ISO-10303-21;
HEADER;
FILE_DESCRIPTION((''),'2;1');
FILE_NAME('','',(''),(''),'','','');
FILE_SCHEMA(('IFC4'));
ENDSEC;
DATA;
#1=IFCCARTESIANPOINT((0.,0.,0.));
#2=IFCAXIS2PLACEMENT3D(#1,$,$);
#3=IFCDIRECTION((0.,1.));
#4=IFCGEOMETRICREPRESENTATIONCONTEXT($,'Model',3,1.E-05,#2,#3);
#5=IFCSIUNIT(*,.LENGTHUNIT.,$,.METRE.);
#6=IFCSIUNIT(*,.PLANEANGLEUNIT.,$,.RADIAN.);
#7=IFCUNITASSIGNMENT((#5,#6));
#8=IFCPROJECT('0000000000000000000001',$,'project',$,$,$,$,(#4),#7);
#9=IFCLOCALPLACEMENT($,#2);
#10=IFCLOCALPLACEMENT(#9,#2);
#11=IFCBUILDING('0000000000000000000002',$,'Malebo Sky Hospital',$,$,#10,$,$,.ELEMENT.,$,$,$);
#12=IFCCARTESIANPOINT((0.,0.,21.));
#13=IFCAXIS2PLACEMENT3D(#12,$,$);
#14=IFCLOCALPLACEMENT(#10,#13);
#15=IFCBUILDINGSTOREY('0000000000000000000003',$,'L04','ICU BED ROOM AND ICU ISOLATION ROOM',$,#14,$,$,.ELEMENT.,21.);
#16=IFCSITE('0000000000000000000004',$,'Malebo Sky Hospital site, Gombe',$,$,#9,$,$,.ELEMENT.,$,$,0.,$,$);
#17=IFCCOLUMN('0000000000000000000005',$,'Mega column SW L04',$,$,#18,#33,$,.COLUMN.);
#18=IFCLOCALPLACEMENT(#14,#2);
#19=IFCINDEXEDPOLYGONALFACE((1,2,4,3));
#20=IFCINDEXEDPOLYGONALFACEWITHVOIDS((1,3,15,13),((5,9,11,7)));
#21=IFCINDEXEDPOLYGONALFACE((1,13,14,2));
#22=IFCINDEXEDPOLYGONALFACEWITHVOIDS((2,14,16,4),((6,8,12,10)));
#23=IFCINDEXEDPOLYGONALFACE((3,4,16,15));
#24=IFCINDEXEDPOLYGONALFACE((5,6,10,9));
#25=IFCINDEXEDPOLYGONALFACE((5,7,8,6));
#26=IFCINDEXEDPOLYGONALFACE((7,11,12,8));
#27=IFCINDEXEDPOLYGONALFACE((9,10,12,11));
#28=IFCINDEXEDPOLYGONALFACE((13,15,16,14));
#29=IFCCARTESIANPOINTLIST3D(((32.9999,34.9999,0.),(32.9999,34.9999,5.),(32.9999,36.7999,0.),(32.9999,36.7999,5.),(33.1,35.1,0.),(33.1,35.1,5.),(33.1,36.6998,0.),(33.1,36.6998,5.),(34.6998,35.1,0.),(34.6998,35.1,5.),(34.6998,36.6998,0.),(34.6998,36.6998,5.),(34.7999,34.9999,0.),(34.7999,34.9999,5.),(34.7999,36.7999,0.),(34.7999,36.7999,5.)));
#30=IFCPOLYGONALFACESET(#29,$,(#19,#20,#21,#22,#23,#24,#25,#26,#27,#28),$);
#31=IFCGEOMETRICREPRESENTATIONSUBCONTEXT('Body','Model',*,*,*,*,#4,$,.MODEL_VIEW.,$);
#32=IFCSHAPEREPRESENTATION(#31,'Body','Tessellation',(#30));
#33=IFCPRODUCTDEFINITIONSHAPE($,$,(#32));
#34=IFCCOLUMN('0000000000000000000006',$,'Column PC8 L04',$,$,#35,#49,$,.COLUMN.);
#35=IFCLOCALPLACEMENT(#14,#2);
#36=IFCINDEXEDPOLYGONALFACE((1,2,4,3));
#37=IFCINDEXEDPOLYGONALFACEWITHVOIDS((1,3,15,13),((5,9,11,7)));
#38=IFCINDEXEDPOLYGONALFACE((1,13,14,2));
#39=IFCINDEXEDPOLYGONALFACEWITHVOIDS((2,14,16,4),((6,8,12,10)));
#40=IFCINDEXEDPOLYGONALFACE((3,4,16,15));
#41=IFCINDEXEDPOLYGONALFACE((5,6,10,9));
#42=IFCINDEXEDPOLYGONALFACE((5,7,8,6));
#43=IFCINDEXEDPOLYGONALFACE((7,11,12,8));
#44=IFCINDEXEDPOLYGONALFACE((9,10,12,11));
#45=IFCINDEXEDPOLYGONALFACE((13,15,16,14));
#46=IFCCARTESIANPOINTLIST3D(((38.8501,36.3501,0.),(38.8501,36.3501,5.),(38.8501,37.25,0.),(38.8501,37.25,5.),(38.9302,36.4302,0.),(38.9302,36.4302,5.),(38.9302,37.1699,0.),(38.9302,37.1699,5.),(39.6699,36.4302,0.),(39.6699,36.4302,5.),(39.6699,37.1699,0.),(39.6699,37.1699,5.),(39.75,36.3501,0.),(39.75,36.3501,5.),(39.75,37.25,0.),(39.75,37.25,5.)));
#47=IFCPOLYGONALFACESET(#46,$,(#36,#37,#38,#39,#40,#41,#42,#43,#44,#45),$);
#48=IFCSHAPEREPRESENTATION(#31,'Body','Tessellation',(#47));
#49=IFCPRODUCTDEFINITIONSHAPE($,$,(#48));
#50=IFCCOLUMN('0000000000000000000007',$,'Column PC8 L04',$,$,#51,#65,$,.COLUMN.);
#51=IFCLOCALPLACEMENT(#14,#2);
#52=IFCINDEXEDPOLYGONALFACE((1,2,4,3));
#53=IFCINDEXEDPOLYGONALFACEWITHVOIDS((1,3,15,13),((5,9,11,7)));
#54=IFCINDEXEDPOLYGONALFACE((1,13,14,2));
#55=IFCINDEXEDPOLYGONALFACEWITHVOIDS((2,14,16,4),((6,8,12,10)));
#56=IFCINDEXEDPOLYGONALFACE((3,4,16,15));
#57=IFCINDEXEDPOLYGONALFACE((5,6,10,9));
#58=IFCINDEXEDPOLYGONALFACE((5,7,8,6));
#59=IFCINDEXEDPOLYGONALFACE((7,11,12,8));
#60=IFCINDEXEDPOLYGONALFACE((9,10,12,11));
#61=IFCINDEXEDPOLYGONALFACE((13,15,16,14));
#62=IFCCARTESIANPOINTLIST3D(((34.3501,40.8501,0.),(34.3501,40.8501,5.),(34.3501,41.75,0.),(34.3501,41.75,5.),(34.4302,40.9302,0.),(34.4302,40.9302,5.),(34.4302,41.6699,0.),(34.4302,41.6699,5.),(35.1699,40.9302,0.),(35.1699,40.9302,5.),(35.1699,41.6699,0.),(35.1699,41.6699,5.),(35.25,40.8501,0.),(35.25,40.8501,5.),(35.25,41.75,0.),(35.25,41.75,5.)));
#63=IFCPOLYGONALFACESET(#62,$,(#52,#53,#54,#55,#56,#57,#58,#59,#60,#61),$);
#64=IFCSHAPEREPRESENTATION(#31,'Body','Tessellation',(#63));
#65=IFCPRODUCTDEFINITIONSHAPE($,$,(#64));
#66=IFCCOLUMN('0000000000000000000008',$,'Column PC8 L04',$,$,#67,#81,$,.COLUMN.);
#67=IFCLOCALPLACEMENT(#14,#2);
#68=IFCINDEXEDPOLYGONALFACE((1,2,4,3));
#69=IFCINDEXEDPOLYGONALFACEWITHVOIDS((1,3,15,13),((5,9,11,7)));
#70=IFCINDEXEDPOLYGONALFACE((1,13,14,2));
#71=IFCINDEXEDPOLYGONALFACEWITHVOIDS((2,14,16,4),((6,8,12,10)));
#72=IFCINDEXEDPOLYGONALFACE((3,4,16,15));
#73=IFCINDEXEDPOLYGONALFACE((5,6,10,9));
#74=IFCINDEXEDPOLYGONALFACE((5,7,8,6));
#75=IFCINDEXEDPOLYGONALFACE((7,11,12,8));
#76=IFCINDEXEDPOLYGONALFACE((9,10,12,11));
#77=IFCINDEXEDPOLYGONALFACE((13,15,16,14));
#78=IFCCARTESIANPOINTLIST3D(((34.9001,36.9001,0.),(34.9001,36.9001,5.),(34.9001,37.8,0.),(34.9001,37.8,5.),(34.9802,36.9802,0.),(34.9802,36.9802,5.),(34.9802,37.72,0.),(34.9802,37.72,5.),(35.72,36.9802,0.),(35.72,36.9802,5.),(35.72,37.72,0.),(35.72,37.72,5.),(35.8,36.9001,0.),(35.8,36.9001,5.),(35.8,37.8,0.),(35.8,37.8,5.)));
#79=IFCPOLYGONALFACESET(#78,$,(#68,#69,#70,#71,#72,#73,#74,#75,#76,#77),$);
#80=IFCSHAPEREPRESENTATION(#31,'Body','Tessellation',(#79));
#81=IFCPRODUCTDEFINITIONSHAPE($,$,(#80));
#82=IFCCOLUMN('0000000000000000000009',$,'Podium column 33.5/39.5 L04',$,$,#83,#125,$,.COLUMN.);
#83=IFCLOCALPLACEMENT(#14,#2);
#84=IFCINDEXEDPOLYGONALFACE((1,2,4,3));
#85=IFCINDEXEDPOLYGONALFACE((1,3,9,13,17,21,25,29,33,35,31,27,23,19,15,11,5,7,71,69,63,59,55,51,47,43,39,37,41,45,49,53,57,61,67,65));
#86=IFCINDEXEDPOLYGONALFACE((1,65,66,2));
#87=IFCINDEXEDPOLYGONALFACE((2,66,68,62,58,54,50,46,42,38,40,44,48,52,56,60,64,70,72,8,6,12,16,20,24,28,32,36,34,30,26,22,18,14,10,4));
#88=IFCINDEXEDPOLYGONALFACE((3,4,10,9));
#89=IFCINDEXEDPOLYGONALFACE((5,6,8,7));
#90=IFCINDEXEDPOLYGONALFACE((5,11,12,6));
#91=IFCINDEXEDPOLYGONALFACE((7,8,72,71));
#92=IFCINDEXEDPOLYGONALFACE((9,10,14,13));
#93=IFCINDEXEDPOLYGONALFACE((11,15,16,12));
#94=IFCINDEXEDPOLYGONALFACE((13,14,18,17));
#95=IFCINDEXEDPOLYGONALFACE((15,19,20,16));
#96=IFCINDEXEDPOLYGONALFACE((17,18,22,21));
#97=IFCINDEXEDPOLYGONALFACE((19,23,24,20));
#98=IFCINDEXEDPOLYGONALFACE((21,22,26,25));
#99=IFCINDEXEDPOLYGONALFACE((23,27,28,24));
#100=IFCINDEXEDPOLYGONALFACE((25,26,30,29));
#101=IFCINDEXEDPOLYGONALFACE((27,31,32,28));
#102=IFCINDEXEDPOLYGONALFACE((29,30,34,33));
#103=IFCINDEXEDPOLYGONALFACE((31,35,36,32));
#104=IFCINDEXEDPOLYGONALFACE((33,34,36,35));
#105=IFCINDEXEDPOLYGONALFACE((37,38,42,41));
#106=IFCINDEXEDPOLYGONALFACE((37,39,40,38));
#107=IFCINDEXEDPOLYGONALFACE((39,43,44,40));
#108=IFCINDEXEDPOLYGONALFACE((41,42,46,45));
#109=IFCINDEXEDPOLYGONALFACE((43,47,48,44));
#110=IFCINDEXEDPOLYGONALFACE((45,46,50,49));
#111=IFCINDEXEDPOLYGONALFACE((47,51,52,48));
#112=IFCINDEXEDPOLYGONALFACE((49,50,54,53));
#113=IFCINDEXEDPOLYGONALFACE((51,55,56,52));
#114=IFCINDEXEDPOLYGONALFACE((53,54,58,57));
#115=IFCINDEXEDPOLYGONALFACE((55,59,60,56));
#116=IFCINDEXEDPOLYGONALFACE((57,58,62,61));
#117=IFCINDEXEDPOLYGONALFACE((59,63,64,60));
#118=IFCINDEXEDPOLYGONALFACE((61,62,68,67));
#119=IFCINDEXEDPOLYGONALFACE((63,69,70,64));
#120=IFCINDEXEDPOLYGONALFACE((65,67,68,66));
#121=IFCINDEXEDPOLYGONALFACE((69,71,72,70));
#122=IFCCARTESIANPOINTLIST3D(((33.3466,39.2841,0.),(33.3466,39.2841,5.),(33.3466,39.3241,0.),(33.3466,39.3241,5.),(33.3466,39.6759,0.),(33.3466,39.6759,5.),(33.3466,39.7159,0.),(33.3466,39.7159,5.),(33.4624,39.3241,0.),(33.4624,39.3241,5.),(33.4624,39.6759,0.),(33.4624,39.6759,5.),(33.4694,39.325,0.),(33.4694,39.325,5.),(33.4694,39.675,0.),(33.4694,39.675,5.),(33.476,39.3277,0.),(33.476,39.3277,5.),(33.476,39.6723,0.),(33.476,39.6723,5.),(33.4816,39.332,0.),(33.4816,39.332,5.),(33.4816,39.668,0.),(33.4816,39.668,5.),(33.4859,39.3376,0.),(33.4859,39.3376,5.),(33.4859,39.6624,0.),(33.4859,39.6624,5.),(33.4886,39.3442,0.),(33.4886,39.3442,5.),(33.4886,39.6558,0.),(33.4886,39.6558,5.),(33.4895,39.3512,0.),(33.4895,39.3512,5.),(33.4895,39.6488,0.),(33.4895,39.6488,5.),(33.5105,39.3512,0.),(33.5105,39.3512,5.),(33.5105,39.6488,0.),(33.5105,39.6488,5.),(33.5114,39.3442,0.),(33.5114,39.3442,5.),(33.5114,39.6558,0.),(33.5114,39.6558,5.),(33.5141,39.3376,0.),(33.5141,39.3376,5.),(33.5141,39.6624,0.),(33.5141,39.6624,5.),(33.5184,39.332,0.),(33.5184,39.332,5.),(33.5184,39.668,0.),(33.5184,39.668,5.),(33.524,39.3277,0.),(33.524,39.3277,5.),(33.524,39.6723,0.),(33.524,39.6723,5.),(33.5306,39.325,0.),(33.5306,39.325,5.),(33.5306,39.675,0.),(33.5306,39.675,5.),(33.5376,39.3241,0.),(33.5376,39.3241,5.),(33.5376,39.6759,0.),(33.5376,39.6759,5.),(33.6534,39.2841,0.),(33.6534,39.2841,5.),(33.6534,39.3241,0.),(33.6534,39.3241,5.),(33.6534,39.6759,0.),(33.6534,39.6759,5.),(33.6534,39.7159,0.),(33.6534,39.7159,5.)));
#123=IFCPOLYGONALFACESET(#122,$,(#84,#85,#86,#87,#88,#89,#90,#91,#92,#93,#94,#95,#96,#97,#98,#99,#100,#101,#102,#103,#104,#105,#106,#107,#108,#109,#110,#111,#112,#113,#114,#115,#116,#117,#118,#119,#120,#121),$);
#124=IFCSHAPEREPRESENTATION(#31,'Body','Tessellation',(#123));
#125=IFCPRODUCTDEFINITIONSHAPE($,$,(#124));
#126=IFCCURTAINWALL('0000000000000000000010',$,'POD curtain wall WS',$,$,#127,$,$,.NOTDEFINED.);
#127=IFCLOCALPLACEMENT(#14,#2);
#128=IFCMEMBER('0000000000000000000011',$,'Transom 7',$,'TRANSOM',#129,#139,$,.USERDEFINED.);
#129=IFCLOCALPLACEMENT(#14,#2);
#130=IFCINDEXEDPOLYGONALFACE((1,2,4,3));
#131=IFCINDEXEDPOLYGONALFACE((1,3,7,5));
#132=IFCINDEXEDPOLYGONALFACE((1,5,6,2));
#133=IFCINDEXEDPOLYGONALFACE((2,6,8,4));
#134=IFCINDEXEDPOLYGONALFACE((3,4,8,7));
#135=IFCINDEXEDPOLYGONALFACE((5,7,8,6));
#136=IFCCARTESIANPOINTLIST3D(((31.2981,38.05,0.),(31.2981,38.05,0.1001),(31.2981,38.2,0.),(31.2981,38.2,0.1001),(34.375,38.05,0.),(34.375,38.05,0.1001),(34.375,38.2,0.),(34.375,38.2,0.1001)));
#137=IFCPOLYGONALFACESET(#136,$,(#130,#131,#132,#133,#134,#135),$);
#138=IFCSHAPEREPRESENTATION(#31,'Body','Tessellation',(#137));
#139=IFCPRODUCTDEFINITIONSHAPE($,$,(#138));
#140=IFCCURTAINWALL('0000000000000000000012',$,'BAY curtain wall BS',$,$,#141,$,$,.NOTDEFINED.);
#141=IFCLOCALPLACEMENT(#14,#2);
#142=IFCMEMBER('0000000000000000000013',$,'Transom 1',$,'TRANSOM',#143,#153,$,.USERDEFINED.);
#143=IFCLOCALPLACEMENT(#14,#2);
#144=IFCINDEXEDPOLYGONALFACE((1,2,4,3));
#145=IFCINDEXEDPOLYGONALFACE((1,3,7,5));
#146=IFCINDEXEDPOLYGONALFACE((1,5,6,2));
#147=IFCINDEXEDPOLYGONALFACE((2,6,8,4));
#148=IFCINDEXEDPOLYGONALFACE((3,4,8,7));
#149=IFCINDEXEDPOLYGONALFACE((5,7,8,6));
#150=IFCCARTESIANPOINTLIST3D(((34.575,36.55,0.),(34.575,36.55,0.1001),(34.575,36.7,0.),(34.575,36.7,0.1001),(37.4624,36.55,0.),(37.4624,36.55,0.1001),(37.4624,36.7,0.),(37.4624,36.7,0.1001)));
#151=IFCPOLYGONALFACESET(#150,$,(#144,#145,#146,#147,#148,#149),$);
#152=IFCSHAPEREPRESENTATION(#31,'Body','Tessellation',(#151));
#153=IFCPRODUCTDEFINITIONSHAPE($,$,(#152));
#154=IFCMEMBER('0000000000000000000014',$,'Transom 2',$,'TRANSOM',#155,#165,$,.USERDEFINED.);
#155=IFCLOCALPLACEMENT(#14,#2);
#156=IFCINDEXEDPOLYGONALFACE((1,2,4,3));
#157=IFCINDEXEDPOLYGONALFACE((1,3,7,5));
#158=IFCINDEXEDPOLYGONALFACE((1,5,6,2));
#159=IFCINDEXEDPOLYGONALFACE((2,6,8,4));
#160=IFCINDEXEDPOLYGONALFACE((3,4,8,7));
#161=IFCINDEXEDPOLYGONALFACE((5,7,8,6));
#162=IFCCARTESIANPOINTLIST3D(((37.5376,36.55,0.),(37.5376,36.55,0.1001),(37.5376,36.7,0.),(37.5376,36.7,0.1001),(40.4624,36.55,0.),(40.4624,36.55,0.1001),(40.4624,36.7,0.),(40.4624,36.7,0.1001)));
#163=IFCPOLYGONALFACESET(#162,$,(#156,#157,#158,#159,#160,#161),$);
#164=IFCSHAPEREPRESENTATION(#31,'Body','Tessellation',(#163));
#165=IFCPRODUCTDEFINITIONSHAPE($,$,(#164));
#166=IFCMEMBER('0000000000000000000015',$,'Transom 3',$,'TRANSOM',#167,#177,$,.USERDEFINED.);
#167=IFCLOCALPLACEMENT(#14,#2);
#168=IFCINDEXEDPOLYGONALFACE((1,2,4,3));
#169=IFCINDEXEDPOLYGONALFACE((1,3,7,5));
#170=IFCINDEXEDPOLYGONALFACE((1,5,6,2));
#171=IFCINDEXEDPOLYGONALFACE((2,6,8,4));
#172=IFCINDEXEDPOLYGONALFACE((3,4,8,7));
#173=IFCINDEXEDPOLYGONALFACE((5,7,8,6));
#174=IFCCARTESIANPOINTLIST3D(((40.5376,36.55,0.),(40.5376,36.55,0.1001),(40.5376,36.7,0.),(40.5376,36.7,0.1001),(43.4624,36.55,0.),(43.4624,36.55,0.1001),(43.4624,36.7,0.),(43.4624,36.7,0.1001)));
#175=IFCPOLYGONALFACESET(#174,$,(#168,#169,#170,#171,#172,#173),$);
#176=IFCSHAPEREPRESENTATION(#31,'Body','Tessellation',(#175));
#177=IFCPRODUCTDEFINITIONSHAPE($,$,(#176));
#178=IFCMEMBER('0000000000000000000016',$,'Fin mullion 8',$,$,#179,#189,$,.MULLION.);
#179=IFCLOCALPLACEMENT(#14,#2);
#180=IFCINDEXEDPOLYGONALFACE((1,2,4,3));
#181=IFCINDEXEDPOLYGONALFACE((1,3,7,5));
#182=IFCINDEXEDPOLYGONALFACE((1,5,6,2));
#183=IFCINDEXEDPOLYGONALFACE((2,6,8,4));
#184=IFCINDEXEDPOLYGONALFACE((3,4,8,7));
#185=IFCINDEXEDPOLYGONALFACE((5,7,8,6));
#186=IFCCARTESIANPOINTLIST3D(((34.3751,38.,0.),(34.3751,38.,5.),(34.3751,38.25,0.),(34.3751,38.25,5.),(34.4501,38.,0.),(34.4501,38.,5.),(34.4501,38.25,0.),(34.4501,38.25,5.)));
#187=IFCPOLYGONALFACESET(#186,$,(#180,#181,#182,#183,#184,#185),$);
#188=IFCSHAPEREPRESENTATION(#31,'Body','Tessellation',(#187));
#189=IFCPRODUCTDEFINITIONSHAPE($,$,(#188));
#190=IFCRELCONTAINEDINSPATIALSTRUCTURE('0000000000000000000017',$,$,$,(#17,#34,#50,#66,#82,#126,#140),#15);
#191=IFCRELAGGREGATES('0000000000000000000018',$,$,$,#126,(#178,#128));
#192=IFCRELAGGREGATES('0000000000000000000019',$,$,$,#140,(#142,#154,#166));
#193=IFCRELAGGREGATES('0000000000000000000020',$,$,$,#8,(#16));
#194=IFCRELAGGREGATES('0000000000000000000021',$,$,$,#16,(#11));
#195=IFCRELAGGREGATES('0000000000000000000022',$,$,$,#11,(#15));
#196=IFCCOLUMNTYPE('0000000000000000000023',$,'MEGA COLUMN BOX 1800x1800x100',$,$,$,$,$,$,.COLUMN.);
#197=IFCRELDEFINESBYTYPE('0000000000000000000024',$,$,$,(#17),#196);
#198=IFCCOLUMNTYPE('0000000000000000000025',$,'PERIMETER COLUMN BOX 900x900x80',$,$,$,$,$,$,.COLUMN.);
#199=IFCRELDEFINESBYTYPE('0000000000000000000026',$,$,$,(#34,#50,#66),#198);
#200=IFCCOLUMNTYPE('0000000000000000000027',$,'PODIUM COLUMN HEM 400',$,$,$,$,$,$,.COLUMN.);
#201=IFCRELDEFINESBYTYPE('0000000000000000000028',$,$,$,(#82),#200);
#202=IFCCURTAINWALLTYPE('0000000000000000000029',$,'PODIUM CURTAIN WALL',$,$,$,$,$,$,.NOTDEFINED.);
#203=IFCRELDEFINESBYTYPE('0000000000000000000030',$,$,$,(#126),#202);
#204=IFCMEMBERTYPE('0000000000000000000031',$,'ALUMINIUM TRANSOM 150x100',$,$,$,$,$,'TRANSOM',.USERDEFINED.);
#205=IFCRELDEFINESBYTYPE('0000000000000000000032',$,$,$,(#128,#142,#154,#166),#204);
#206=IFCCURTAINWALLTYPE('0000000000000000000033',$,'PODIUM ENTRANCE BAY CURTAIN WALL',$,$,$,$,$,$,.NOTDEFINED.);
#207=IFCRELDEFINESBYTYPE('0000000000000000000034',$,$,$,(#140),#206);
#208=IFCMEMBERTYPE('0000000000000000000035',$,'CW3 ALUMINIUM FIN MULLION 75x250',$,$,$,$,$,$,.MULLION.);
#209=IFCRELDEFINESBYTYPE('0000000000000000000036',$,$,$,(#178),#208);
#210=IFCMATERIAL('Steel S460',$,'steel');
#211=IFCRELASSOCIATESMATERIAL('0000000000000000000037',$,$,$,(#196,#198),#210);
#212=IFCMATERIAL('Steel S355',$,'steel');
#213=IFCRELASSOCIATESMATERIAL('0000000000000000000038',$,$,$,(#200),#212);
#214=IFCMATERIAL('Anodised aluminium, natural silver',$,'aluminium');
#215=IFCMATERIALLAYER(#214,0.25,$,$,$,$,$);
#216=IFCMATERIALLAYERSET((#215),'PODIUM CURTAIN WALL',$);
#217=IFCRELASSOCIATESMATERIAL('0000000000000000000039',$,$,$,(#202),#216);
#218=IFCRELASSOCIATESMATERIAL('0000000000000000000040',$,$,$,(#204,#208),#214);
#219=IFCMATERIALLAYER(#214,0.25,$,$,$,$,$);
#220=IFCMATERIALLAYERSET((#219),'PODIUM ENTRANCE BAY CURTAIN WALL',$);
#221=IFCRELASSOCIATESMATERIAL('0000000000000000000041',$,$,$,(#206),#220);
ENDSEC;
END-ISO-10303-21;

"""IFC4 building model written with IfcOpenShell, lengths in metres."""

from ifc_helpers import new_model, si_unit, direction, frame, origin, origin_2d, place, context, subcontext, project, spatial, rectangle, hollow_rectangle, i_section, extrude, material, layer, layer_set, material_profile, profile_set, type_object, element, aggregate, save


model = new_model("IFC4")

# Units and contexts
model_context = context("Model", 3, precision=1e-05, world=origin(), true_north=direction((0.0, 1.0)))
body_context = subcontext(model_context, "Body", "Model", "MODEL_VIEW")
ifc_project = project(units=[si_unit("LENGTHUNIT", "METRE"), si_unit("PLANEANGLEUNIT", "RADIAN")], contexts=[model_context])

# Site, building, storey
site_placement = place(None, origin())
site = spatial("IfcSite", under=ifc_project, at=site_placement, Name="Malebo Sky Hospital site, Gombe", CompositionType="ELEMENT", RefElevation=0.0)
building_placement = place(site_placement, origin())
building = spatial("IfcBuilding", under=site, at=building_placement, Name="Malebo Sky Hospital", CompositionType="ELEMENT")
storey_placement = place(building_placement, frame((0.0, 0.0, 21.0)))
storey = spatial("IfcBuildingStorey", under=building, at=storey_placement, Name="L04", Description="ICU BED ROOM AND ICU ISOLATION ROOM", CompositionType="ELEMENT", Elevation=21.0)

# Columns
ifc_material_1 = material(Name="Steel S460", Category="steel")
ifc_material_profile_1 = material_profile(ifc_material_1, hollow_rectangle(XDim=1.8, YDim=1.8, WallThickness=0.1001, at=origin_2d()), Name="BOX 1800x1800x100")
ifc_profile_set_1 = profile_set([ifc_material_profile_1], Name="Steel S460")
column_type_1 = type_object("IfcColumnType", Name="MEGA COLUMN BOX 1800x1800x100", PredefinedType="COLUMN", material=ifc_profile_set_1)
column_1_placement = place(storey_placement, frame((33.8999, 35.8999, 0.0), z_axis=(0.0, 0.0, 1.0), x_axis=(1.0, 0.0, 0.0)))
element("IfcColumn", 1, at=column_1_placement, inside=storey, type_object=column_type_1, Name="Mega column SW L04", PredefinedType="COLUMN", context=body_context, shape_type="SweptSolid", body=[
    extrude(hollow_rectangle(XDim=1.8, YDim=1.8, WallThickness=0.1001, at=origin_2d()), origin(), (0.0, 0.0, 1.0), 5.0),
])
ifc_material_profile_2 = material_profile(ifc_material_1, hollow_rectangle(XDim=0.8999, YDim=0.8999, WallThickness=0.0801, at=origin_2d()), Name="BOX 900x900x80")
ifc_profile_set_2 = profile_set([ifc_material_profile_2], Name="Steel S460")
column_type_2 = type_object("IfcColumnType", Name="PERIMETER COLUMN BOX 900x900x80", PredefinedType="COLUMN", material=ifc_profile_set_2)
for number, where, z_axis, x_axis, name in (
    (2, (39.3, 36.8, 0.0), (0.0, 0.0, 1.0), (1.0, 0.0, 0.0), "Column PC8 L04"),
    (3, (34.8, 41.3, 0.0), (0.0, 0.0, 1.0), (1.0, 0.0, 0.0), "Column PC8 L04"),
    (4, (35.3501, 37.3501, 0.0), (0.0, 0.0, 1.0), (1.0, 0.0, 0.0), "Column PC8 L04"),
):
    element("IfcColumn", number, at=place(storey_placement, frame(where, z_axis=z_axis, x_axis=x_axis)), inside=storey, type_object=column_type_2, Name=name, PredefinedType="COLUMN", context=body_context, shape_type="SweptSolid", body=[
        extrude(hollow_rectangle(XDim=0.8999, YDim=0.8999, WallThickness=0.0801, at=origin_2d()), origin(), (0.0, 0.0, 1.0), 5.0),
    ])
ifc_material_2 = material(Name="Steel S355", Category="steel")
ifc_material_profile_3 = material_profile(ifc_material_2, i_section(OverallWidth=0.3069, OverallDepth=0.4319, WebThickness=0.021, FlangeThickness=0.04, FilletRadius=0.0271, at=origin_2d()), Name="HEM 400")
ifc_profile_set_3 = profile_set([ifc_material_profile_3], Name="Steel S355")
column_type_3 = type_object("IfcColumnType", Name="PODIUM COLUMN HEM 400", PredefinedType="COLUMN", material=ifc_profile_set_3)
column_2_placement = place(storey_placement, frame((33.5, 39.5, 0.0), z_axis=(0.0, 0.0, 1.0), x_axis=(1.0, 0.0, 0.0)))
element("IfcColumn", 5, at=column_2_placement, inside=storey, type_object=column_type_3, Name="Podium column 33.5/39.5 L04", PredefinedType="COLUMN", context=body_context, shape_type="SweptSolid", body=[
    extrude(i_section(OverallWidth=0.3069, OverallDepth=0.4319, WebThickness=0.021, FlangeThickness=0.04, FilletRadius=0.0271, at=origin_2d()), origin(), (0.0, 0.0, 1.0), 5.0),
])

# Curtain wall, member
ifc_material_3 = material(Name="Anodised aluminium, natural silver", Category="aluminium")
ifc_layer_1 = layer(ifc_material_3, 0.25)
ifc_layer_set_1 = layer_set([ifc_layer_1], Name="PODIUM CURTAIN WALL")
curtain_wall_type_1 = type_object("IfcCurtainWallType", Name="PODIUM CURTAIN WALL", PredefinedType="NOTDEFINED", material=ifc_layer_set_1)
curtain_wall_1_placement = place(storey_placement, origin())
curtain_wall_1 = element("IfcCurtainWall", 6, at=curtain_wall_1_placement, inside=storey, type_object=curtain_wall_type_1, Name="POD curtain wall WS", PredefinedType="NOTDEFINED")
ifc_material_profile_4 = material_profile(ifc_material_3, rectangle(XDim=0.1499, YDim=0.1001, at=origin_2d()), Name="ALUMINIUM TRANSOM 150x100")
ifc_profile_set_4 = profile_set([ifc_material_profile_4], Name="Anodised aluminium, natural silver")
member_type_1 = type_object("IfcMemberType", Name="ALUMINIUM TRANSOM 150x100", ElementType="TRANSOM", PredefinedType="USERDEFINED", material=ifc_profile_set_4)
member_1_placement = place(storey_placement, frame((31.2981, 38.125, 0.05), z_axis=(1.0, 0.0, 0.0), x_axis=(0.0, 1.0, 0.0)))
member_1 = element("IfcMember", 7, at=member_1_placement, type_object=member_type_1, Name="Transom 7", ObjectType="TRANSOM", PredefinedType="USERDEFINED", context=body_context, shape_type="SweptSolid", body=[
    extrude(rectangle(XDim=0.1499, YDim=0.1001, at=origin_2d()), origin(), (0.0, 0.0, 1.0), 3.0769),
])

# Curtain wall, members
ifc_layer_2 = layer(ifc_material_3, 0.25)
ifc_layer_set_2 = layer_set([ifc_layer_2], Name="PODIUM ENTRANCE BAY CURTAIN WALL")
curtain_wall_type_2 = type_object("IfcCurtainWallType", Name="PODIUM ENTRANCE BAY CURTAIN WALL", PredefinedType="NOTDEFINED", material=ifc_layer_set_2)
curtain_wall_2_placement = place(storey_placement, origin())
curtain_wall_2 = element("IfcCurtainWall", 8, at=curtain_wall_2_placement, inside=storey, type_object=curtain_wall_type_2, Name="BAY curtain wall BS", PredefinedType="NOTDEFINED")
member_2_placement = place(storey_placement, frame((34.575, 36.625, 0.05), z_axis=(1.0, 0.0, 0.0), x_axis=(0.0, 1.0, 0.0)))
member_2 = element("IfcMember", 9, at=member_2_placement, type_object=member_type_1, Name="Transom 1", ObjectType="TRANSOM", PredefinedType="USERDEFINED", context=body_context, shape_type="SweptSolid", body=[
    extrude(rectangle(XDim=0.1499, YDim=0.1001, at=origin_2d()), origin(), (0.0, 0.0, 1.0), 2.8875),
])
member_3_placement = place(storey_placement, frame((37.5376, 36.625, 0.05), z_axis=(1.0, 0.0, 0.0), x_axis=(0.0, 1.0, 0.0)))
member_3 = element("IfcMember", 10, at=member_3_placement, type_object=member_type_1, Name="Transom 2", ObjectType="TRANSOM", PredefinedType="USERDEFINED", context=body_context, shape_type="SweptSolid", body=[
    extrude(rectangle(XDim=0.1499, YDim=0.1001, at=origin_2d()), origin(), (0.0, 0.0, 1.0), 2.9248),
])
member_4_placement = place(storey_placement, frame((40.5376, 36.625, 0.05), z_axis=(1.0, 0.0, 0.0), x_axis=(0.0, 1.0, 0.0)))
member_4 = element("IfcMember", 11, at=member_4_placement, type_object=member_type_1, Name="Transom 3", ObjectType="TRANSOM", PredefinedType="USERDEFINED", context=body_context, shape_type="SweptSolid", body=[
    extrude(rectangle(XDim=0.1499, YDim=0.1001, at=origin_2d()), origin(), (0.0, 0.0, 1.0), 2.9248),
])

# Member
ifc_material_profile_5 = material_profile(ifc_material_3, rectangle(XDim=0.075, YDim=0.25, at=origin_2d()), Name="CW3 ALUMINIUM FIN MULLION 75x250")
ifc_profile_set_5 = profile_set([ifc_material_profile_5], Name="Anodised aluminium, natural silver")
member_type_2 = type_object("IfcMemberType", Name="CW3 ALUMINIUM FIN MULLION 75x250", PredefinedType="MULLION", material=ifc_profile_set_5)
member_5_placement = place(storey_placement, frame((34.4126, 38.125, 0.0), z_axis=(0.0, 0.0, 1.0), x_axis=(1.0, 0.0, 0.0)))
member_5 = element("IfcMember", 12, at=member_5_placement, type_object=member_type_2, Name="Fin mullion 8", PredefinedType="MULLION", context=body_context, shape_type="SweptSolid", body=[
    extrude(rectangle(XDim=0.075, YDim=0.25, at=origin_2d()), origin(), (0.0, 0.0, 1.0), 5.0),
])

aggregate(curtain_wall_1, [member_5, member_1])
aggregate(curtain_wall_2, [member_2, member_3, member_4])

save(model, "model.ifc")
